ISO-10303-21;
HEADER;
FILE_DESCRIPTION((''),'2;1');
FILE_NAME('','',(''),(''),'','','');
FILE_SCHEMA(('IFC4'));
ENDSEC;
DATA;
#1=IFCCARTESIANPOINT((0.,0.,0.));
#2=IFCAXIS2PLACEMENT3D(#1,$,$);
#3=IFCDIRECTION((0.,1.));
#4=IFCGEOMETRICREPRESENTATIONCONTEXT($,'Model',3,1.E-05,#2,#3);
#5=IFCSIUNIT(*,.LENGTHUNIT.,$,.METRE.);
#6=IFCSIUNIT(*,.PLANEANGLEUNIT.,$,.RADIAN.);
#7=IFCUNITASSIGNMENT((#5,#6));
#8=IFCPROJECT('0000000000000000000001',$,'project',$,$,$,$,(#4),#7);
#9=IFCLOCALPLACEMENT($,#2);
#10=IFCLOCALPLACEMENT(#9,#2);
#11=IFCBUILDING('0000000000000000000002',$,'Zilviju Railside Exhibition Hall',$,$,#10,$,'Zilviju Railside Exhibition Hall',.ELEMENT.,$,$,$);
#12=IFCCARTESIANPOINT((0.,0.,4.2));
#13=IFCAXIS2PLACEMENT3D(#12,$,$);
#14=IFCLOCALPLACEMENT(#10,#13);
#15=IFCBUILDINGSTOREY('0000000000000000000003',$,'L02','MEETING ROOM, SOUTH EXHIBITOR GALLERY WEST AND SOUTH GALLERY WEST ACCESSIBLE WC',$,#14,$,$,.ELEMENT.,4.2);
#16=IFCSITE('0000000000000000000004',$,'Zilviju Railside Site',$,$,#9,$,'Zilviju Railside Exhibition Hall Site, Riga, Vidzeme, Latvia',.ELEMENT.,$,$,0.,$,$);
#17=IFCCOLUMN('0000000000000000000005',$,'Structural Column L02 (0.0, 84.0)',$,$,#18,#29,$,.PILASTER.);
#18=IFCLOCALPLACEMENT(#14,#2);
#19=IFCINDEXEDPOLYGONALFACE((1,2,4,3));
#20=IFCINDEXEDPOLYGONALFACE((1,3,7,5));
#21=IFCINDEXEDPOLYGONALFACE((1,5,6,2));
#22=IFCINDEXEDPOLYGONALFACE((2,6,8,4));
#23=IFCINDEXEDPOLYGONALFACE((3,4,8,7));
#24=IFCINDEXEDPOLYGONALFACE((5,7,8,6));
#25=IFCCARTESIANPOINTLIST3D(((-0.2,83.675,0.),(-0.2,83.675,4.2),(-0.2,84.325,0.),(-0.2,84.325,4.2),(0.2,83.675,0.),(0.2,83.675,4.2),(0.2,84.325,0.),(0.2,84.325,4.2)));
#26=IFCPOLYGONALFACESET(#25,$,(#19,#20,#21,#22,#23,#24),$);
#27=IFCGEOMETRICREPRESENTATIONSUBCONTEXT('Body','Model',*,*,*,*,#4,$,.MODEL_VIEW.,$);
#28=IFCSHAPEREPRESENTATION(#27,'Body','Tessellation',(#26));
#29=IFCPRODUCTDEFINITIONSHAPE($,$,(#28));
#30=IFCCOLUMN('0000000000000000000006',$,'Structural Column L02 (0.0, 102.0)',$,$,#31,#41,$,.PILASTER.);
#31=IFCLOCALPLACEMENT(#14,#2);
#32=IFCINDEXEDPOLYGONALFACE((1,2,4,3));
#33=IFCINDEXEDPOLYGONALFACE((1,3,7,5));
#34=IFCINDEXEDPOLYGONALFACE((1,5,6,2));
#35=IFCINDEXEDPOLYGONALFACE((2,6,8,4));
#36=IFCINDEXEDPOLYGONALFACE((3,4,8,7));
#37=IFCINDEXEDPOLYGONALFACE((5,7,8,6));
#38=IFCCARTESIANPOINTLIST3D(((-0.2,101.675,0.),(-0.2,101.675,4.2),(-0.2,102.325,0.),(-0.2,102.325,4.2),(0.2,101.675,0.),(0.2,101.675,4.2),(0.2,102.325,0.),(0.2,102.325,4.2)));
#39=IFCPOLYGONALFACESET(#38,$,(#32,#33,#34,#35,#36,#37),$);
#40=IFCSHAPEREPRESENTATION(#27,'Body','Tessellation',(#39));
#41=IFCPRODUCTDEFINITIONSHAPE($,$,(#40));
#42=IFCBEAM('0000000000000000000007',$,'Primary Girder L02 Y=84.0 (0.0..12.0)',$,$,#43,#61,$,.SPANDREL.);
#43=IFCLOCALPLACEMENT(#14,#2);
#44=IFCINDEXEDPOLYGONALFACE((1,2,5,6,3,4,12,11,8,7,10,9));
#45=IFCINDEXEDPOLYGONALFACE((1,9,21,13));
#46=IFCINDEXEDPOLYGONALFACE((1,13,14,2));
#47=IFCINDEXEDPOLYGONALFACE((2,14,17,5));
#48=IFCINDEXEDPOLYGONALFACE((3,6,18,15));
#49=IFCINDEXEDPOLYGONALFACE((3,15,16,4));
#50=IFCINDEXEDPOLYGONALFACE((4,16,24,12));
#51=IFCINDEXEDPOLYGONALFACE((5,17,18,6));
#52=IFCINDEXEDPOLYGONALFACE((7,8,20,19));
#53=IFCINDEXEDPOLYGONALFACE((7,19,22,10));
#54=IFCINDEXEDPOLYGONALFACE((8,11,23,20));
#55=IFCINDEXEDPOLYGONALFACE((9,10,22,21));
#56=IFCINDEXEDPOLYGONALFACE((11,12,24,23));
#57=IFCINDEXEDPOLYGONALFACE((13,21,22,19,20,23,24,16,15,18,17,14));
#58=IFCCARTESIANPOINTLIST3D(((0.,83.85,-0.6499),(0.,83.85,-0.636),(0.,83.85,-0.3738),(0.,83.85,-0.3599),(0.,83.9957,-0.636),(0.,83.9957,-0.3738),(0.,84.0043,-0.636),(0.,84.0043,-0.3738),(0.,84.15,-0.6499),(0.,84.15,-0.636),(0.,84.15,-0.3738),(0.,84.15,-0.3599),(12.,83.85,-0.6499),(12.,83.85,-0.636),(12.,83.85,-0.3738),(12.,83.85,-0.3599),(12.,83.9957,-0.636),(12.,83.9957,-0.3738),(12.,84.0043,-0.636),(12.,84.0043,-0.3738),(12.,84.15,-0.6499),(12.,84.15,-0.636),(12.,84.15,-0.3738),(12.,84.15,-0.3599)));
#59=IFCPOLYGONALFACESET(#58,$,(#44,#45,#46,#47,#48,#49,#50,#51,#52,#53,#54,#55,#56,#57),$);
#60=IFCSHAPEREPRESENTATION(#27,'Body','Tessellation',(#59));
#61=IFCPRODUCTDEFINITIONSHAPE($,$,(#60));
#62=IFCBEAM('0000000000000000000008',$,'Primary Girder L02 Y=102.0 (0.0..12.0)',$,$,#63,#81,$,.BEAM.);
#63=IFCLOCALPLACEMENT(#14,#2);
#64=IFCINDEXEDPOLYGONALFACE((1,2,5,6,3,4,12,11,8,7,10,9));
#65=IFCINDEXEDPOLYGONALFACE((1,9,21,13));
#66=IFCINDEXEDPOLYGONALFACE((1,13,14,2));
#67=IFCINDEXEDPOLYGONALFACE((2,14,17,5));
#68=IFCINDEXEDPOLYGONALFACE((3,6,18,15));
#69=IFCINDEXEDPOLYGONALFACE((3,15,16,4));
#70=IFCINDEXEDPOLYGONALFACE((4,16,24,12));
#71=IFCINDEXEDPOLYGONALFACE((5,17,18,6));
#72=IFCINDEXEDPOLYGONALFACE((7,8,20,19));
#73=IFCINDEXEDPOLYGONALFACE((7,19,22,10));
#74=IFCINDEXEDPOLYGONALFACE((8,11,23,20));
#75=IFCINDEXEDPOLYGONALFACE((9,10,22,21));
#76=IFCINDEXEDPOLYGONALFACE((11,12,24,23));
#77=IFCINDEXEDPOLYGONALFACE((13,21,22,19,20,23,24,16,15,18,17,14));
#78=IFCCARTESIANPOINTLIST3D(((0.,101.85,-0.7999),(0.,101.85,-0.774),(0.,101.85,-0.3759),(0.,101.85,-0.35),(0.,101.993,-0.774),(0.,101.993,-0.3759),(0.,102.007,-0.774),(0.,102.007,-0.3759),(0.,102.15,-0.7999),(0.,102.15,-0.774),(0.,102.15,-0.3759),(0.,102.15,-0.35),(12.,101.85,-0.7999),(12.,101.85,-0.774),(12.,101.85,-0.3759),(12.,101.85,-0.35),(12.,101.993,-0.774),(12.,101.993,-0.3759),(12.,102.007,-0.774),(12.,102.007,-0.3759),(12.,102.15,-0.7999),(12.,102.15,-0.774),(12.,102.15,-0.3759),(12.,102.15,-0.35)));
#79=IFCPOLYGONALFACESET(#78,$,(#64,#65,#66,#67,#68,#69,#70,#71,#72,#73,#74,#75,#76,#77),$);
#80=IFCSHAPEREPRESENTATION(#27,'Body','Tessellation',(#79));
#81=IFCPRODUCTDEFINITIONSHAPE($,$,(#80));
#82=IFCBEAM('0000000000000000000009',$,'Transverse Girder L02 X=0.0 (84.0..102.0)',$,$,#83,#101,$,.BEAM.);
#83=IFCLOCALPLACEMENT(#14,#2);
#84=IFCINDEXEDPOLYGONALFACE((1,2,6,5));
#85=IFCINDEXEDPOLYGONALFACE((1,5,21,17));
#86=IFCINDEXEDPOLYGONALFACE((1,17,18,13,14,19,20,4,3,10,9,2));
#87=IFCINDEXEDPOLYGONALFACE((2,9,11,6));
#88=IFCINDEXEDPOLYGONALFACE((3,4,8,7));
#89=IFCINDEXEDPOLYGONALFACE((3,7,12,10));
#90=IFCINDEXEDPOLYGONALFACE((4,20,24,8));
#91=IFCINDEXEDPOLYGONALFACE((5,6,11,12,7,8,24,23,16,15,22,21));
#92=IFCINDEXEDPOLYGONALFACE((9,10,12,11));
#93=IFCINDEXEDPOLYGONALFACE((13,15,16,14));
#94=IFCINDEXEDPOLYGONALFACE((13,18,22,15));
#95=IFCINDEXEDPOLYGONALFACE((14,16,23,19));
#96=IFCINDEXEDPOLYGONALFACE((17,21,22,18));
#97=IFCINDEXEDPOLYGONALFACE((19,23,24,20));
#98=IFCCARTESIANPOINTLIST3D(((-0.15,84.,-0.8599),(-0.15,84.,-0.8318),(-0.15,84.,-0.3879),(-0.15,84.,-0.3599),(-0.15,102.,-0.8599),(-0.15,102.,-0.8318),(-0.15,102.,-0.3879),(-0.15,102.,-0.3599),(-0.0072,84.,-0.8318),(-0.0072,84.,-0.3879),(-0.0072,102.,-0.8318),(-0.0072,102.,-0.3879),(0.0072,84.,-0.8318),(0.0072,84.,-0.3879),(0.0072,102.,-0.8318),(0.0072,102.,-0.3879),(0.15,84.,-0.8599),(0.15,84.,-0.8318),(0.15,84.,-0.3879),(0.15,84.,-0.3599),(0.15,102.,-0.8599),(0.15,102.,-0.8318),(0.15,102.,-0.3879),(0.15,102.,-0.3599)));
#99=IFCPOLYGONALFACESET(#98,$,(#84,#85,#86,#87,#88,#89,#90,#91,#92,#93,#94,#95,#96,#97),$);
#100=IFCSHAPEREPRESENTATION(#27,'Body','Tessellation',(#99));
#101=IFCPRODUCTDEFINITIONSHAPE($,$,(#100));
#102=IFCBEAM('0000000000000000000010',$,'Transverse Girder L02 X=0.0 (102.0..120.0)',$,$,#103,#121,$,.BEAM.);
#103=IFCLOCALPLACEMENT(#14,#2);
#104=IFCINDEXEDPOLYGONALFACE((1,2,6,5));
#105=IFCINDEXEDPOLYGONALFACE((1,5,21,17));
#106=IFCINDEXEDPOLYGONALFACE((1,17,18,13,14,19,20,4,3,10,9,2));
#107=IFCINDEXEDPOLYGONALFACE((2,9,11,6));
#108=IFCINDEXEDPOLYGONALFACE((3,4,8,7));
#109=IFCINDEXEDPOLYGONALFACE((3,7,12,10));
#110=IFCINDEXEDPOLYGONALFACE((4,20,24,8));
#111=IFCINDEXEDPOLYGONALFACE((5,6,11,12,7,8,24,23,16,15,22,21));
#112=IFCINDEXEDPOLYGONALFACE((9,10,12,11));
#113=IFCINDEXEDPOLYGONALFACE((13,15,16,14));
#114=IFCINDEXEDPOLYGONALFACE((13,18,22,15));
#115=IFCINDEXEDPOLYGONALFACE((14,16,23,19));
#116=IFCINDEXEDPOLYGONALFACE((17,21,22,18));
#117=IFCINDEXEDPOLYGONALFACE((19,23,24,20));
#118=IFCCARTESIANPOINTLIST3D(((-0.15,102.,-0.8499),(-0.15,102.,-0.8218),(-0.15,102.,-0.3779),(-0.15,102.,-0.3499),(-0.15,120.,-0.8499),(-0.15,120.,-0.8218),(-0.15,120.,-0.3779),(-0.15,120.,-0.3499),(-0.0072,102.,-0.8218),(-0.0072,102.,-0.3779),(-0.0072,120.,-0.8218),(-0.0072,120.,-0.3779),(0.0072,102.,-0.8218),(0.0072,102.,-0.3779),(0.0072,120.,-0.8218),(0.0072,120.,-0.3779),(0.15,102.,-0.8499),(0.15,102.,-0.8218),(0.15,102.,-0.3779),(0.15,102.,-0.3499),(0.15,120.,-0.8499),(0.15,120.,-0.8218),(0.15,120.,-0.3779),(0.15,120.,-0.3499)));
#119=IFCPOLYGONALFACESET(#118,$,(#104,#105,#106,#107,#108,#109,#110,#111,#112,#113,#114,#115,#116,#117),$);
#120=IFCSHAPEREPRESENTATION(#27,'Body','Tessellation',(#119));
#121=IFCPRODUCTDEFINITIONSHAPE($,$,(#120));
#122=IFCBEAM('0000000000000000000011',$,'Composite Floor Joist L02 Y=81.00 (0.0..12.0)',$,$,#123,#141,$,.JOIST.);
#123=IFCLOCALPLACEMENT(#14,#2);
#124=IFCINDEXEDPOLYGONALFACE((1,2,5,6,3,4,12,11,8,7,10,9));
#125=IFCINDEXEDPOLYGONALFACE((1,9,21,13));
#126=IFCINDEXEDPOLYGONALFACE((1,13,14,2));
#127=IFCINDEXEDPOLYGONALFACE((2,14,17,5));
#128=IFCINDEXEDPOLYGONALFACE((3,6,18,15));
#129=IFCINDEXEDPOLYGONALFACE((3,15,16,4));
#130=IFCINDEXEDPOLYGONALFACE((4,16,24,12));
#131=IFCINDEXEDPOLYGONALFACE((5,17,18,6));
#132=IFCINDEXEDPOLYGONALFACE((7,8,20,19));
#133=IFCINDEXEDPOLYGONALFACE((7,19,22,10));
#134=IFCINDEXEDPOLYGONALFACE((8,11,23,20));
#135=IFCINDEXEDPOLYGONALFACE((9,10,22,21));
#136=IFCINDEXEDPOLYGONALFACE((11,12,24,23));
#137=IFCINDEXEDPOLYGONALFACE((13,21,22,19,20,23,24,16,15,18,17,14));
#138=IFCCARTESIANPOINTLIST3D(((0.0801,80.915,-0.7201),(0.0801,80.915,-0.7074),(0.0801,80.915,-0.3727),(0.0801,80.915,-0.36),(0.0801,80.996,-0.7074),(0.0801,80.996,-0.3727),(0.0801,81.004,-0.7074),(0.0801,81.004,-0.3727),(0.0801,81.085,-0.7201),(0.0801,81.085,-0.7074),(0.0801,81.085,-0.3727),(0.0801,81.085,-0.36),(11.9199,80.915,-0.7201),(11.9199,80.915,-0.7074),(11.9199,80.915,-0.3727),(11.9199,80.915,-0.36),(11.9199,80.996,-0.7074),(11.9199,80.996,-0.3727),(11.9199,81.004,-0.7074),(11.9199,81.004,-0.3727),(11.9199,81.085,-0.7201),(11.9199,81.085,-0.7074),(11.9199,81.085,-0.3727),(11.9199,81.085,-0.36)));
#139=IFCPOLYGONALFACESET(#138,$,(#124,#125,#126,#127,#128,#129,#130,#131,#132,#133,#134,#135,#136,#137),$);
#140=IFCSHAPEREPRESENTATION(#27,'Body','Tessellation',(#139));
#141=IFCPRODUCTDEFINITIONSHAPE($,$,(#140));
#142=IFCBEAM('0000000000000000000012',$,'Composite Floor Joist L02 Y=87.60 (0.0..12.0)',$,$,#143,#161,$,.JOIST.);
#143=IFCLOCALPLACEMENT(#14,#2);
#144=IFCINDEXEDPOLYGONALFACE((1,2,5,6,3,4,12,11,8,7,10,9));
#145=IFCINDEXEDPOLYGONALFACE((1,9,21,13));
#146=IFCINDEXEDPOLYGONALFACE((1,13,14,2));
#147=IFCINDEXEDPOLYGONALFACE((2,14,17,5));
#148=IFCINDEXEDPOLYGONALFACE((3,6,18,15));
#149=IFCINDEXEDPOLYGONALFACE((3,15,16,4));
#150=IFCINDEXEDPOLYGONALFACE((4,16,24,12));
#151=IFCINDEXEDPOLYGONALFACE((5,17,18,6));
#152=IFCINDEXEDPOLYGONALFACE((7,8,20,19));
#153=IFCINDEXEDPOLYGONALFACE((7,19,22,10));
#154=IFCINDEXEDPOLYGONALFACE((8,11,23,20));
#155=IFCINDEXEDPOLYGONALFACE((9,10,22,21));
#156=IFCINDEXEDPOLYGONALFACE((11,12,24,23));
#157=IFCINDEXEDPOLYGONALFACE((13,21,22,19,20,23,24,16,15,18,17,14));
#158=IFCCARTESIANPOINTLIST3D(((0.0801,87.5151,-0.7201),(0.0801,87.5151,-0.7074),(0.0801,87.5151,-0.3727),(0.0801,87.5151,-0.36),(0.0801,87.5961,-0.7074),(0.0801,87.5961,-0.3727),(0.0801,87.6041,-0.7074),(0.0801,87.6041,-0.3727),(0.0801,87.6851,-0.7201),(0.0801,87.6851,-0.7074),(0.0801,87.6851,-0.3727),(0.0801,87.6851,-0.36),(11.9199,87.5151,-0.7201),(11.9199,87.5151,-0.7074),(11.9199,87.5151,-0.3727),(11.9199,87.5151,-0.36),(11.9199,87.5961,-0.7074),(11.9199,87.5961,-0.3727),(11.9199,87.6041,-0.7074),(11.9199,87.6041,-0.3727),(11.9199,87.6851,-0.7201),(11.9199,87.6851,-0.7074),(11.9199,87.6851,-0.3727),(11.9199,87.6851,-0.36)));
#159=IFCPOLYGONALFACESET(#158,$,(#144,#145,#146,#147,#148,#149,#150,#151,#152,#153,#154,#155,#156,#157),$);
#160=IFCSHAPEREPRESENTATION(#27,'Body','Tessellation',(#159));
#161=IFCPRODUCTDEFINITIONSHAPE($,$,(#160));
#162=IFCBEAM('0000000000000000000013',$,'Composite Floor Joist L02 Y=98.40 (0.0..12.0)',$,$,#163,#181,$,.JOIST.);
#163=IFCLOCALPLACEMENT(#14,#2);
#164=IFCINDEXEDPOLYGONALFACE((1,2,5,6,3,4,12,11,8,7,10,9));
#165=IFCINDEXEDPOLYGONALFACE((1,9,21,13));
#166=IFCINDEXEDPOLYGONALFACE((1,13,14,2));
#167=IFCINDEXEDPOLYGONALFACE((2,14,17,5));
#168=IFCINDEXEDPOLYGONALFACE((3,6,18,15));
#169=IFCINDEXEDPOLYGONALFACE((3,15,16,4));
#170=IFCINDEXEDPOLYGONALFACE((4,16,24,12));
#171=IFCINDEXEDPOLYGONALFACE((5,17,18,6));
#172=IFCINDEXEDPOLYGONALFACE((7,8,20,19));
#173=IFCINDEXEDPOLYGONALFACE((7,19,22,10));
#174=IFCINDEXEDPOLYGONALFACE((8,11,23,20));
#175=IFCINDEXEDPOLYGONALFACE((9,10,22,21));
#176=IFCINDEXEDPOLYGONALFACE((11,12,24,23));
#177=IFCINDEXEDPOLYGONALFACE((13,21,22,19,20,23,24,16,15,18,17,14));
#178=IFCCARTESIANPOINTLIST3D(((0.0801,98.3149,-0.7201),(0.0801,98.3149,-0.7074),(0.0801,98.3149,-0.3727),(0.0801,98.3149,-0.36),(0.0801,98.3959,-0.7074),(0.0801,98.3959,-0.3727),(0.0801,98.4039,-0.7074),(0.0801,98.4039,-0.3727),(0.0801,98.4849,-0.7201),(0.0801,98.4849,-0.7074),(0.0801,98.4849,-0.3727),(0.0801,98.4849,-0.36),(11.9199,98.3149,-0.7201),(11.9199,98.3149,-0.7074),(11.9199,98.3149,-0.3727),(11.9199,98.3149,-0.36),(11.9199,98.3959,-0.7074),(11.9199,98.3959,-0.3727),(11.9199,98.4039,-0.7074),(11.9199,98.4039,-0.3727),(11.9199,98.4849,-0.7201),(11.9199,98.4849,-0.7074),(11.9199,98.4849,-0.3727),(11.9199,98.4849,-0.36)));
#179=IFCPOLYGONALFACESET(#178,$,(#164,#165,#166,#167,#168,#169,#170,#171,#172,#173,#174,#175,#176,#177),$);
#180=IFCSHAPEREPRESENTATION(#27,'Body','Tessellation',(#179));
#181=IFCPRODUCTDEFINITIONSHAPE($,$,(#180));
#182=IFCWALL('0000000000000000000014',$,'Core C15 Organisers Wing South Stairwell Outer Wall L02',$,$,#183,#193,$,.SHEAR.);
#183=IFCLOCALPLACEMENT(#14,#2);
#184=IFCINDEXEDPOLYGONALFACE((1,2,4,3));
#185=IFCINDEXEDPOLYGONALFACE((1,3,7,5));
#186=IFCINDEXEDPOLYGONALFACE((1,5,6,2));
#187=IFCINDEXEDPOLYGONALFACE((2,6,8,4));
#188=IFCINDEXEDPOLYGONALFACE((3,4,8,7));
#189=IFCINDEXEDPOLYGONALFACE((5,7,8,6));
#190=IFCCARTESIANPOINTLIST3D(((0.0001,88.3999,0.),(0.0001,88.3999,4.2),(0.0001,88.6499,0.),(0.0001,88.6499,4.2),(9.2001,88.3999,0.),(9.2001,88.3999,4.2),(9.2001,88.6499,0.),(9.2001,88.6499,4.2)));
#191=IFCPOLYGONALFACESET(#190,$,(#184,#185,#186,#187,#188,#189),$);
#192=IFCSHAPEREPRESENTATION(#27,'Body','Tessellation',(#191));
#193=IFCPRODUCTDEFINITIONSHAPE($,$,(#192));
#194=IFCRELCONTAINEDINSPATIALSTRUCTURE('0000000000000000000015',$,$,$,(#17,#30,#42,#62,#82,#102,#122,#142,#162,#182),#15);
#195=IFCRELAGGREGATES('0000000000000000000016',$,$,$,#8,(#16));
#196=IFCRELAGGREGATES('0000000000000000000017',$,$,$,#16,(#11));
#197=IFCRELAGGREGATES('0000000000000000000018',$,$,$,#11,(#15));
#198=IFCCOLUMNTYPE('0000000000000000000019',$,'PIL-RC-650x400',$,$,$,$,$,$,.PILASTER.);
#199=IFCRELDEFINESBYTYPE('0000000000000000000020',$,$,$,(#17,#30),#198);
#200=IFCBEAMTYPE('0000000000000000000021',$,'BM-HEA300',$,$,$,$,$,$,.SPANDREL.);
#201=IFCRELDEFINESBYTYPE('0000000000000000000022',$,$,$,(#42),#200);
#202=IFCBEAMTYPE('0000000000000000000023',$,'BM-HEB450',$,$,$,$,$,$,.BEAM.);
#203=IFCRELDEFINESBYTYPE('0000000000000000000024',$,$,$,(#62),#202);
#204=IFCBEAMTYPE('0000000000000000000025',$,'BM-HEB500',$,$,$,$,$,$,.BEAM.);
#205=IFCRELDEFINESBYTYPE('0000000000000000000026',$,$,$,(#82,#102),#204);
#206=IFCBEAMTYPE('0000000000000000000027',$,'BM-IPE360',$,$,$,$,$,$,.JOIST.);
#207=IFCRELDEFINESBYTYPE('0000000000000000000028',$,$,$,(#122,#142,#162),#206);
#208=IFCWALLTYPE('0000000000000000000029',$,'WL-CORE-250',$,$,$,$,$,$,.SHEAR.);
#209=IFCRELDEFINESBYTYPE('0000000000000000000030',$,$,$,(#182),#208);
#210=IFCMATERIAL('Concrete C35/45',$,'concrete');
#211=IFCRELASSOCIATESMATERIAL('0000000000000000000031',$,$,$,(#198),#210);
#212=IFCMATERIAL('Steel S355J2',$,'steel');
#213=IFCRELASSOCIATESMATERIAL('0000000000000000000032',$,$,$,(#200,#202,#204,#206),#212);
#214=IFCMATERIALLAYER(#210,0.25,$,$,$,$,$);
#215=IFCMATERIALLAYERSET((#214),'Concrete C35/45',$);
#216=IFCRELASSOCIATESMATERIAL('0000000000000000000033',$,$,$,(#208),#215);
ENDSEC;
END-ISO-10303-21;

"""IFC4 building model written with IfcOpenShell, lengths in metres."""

from ifc_helpers import new_model, si_unit, direction, frame, frame_2d, origin, origin_2d, place, context, subcontext, project, spatial, rectangle, i_section, extrude, material, layer, layer_set, material_profile, profile_set, type_object, element, save


model = new_model("IFC4")

# Units and contexts
model_context = context("Model", 3, precision=1e-05, world=origin(), true_north=direction((0.0, 1.0)))
body_context = subcontext(model_context, "Body", "Model", "MODEL_VIEW")
ifc_project = project(units=[si_unit("LENGTHUNIT", "METRE"), si_unit("PLANEANGLEUNIT", "RADIAN")], contexts=[model_context])

# Site, building, storey
site_placement = place(None, origin())
site = spatial("IfcSite", under=ifc_project, at=site_placement, Name="Zilviju Railside Site", LongName="Zilviju Railside Exhibition Hall Site, Riga, Vidzeme, Latvia", CompositionType="ELEMENT", RefElevation=0.0)
building_placement = place(site_placement, origin())
building = spatial("IfcBuilding", under=site, at=building_placement, Name="Zilviju Railside Exhibition Hall", LongName="Zilviju Railside Exhibition Hall", CompositionType="ELEMENT")
storey_placement = place(building_placement, frame((0.0, 0.0, 4.2)))
storey = spatial("IfcBuildingStorey", under=building, at=storey_placement, Name="L02", Description="MEETING ROOM, SOUTH EXHIBITOR GALLERY WEST AND SOUTH GALLERY WEST ACCESSIBLE WC", CompositionType="ELEMENT", Elevation=4.2)

# Columns
ifc_material_1 = material(Name="Concrete C35/45", Category="concrete")
ifc_material_profile_1 = material_profile(ifc_material_1, rectangle(XDim=0.3999, YDim=0.6499, at=origin_2d()), Name="RC COL 400x650")
ifc_profile_set_1 = profile_set([ifc_material_profile_1], Name="Concrete C35/45")
column_type = type_object("IfcColumnType", Name="PIL-RC-650x400", PredefinedType="PILASTER", material=ifc_profile_set_1)
for number, where, z_axis, x_axis, name in (
    (1, (0.0, 84.0, 0.0), (0.0, 0.0, 1.0), (1.0, 0.0, 0.0), "Structural Column L02 (0.0, 84.0)"),
    (2, (0.0, 102.0, 0.0), (0.0, 0.0, 1.0), (1.0, 0.0, 0.0), "Structural Column L02 (0.0, 102.0)"),
):
    element("IfcColumn", number, at=place(storey_placement, frame(where, z_axis=z_axis, x_axis=x_axis)), inside=storey, type_object=column_type, Name=name, PredefinedType="PILASTER", context=body_context, shape_type="SweptSolid", body=[
        extrude(rectangle(XDim=0.3999, YDim=0.6499, at=origin_2d()), origin(), (0.0, 0.0, 1.0), 4.2),
    ])

# Beams
ifc_material_2 = material(Name="Steel S355J2", Category="steel")
ifc_material_profile_2 = material_profile(ifc_material_2, i_section(OverallWidth=0.3, OverallDepth=0.29, WebThickness=0.0085, FlangeThickness=0.0139, at=origin_2d()), Name="HEA 300")
ifc_profile_set_2 = profile_set([ifc_material_profile_2], Name="Steel S355J2")
beam_type_1 = type_object("IfcBeamType", Name="BM-HEA300", PredefinedType="SPANDREL", material=ifc_profile_set_2)
beam_1_placement = place(storey_placement, frame((0.0, 84.0, -0.5049), z_axis=(1.0, 0.0, 0.0), x_axis=(0.0, 1.0, 0.0)))
element("IfcBeam", 3, at=beam_1_placement, inside=storey, type_object=beam_type_1, Name="Primary Girder L02 Y=84.0 (0.0..12.0)", PredefinedType="SPANDREL", context=body_context, shape_type="SweptSolid", body=[
    extrude(i_section(OverallWidth=0.3, OverallDepth=0.29, WebThickness=0.0085, FlangeThickness=0.0139, at=origin_2d()), origin(), (0.0, 0.0, 1.0), 12.0),
])
ifc_material_profile_3 = material_profile(ifc_material_2, i_section(OverallWidth=0.3, OverallDepth=0.45, WebThickness=0.0139, FlangeThickness=0.0259, at=origin_2d()), Name="HEB 450")
ifc_profile_set_3 = profile_set([ifc_material_profile_3], Name="Steel S355J2")
beam_type_2 = type_object("IfcBeamType", Name="BM-HEB450", PredefinedType="BEAM", material=ifc_profile_set_3)
beam_2_placement = place(storey_placement, frame((0.0, 102.0, -0.575), z_axis=(1.0, 0.0, 0.0), x_axis=(0.0, 1.0, 0.0)))
element("IfcBeam", 4, at=beam_2_placement, inside=storey, type_object=beam_type_2, Name="Primary Girder L02 Y=102.0 (0.0..12.0)", PredefinedType="BEAM", context=body_context, shape_type="SweptSolid", body=[
    extrude(i_section(OverallWidth=0.3, OverallDepth=0.45, WebThickness=0.0139, FlangeThickness=0.0259, at=origin_2d()), origin(), (0.0, 0.0, 1.0), 12.0),
])
ifc_material_profile_4 = material_profile(ifc_material_2, i_section(OverallWidth=0.3, OverallDepth=0.5, WebThickness=0.0144, FlangeThickness=0.0281, at=origin_2d()), Name="HEB 500")
ifc_profile_set_4 = profile_set([ifc_material_profile_4], Name="Steel S355J2")
beam_type_3 = type_object("IfcBeamType", Name="BM-HEB500", PredefinedType="BEAM", material=ifc_profile_set_4)
for number, where, z_axis, x_axis, name in (
    (5, (0.0, 84.0, -0.6099), (0.0, 1.0, 0.0), (-1.0, 0.0, 0.0), "Transverse Girder L02 X=0.0 (84.0..102.0)"),
    (6, (0.0, 102.0, -0.5999), (0.0, 1.0, 0.0), (-1.0, 0.0, 0.0), "Transverse Girder L02 X=0.0 (102.0..120.0)"),
):
    element("IfcBeam", number, at=place(storey_placement, frame(where, z_axis=z_axis, x_axis=x_axis)), inside=storey, type_object=beam_type_3, Name=name, PredefinedType="BEAM", context=body_context, shape_type="SweptSolid", body=[
        extrude(i_section(OverallWidth=0.3, OverallDepth=0.5, WebThickness=0.0144, FlangeThickness=0.0281, at=origin_2d()), origin(), (0.0, 0.0, 1.0), 18.0),
    ])
ifc_material_profile_5 = material_profile(ifc_material_2, i_section(OverallWidth=0.1699, OverallDepth=0.3601, WebThickness=0.0081, FlangeThickness=0.0127, at=origin_2d()), Name="IPE 360")
ifc_profile_set_5 = profile_set([ifc_material_profile_5], Name="Steel S355J2")
beam_type_4 = type_object("IfcBeamType", Name="BM-IPE360", PredefinedType="JOIST", material=ifc_profile_set_5)
for number, where, z_axis, x_axis, name in (
    (7, (0.0801, 81.0, -0.54), (1.0, 0.0, 0.0), (0.0, 1.0, 0.0), "Composite Floor Joist L02 Y=81.00 (0.0..12.0)"),
    (8, (0.0801, 87.6001, -0.54), (1.0, 0.0, 0.0), (0.0, 1.0, 0.0), "Composite Floor Joist L02 Y=87.60 (0.0..12.0)"),
    (9, (0.0801, 98.3999, -0.54), (1.0, 0.0, 0.0), (0.0, 1.0, 0.0), "Composite Floor Joist L02 Y=98.40 (0.0..12.0)"),
):
    element("IfcBeam", number, at=place(storey_placement, frame(where, z_axis=z_axis, x_axis=x_axis)), inside=storey, type_object=beam_type_4, Name=name, PredefinedType="JOIST", context=body_context, shape_type="SweptSolid", body=[
        extrude(i_section(OverallWidth=0.1699, OverallDepth=0.3601, WebThickness=0.0081, FlangeThickness=0.0127, at=origin_2d()), origin(), (0.0, 0.0, 1.0), 11.8398),
    ])

# Wall
ifc_layer_1 = layer(ifc_material_1, 0.25)
ifc_layer_set_1 = layer_set([ifc_layer_1], Name="Concrete C35/45")
wall_type_1 = type_object("IfcWallType", Name="WL-CORE-250", PredefinedType="SHEAR", material=ifc_layer_set_1)
wall_1_placement = place(storey_placement, frame((0.0, 88.5249, 0.0), z_axis=(0.0, 0.0, 1.0), x_axis=(1.0, 0.0, 0.0)))
element("IfcWall", 10, at=wall_1_placement, inside=storey, type_object=wall_type_1, Name="Core C15 Organisers Wing South Stairwell Outer Wall L02", PredefinedType="SHEAR", context=body_context, shape_type="SweptSolid", body=[
    extrude(rectangle(XDim=9.2, YDim=0.25, at=frame_2d((4.6001, 0.0))), origin(), (0.0, 0.0, 1.0), 4.2),
])

save(model, "model.ifc")
